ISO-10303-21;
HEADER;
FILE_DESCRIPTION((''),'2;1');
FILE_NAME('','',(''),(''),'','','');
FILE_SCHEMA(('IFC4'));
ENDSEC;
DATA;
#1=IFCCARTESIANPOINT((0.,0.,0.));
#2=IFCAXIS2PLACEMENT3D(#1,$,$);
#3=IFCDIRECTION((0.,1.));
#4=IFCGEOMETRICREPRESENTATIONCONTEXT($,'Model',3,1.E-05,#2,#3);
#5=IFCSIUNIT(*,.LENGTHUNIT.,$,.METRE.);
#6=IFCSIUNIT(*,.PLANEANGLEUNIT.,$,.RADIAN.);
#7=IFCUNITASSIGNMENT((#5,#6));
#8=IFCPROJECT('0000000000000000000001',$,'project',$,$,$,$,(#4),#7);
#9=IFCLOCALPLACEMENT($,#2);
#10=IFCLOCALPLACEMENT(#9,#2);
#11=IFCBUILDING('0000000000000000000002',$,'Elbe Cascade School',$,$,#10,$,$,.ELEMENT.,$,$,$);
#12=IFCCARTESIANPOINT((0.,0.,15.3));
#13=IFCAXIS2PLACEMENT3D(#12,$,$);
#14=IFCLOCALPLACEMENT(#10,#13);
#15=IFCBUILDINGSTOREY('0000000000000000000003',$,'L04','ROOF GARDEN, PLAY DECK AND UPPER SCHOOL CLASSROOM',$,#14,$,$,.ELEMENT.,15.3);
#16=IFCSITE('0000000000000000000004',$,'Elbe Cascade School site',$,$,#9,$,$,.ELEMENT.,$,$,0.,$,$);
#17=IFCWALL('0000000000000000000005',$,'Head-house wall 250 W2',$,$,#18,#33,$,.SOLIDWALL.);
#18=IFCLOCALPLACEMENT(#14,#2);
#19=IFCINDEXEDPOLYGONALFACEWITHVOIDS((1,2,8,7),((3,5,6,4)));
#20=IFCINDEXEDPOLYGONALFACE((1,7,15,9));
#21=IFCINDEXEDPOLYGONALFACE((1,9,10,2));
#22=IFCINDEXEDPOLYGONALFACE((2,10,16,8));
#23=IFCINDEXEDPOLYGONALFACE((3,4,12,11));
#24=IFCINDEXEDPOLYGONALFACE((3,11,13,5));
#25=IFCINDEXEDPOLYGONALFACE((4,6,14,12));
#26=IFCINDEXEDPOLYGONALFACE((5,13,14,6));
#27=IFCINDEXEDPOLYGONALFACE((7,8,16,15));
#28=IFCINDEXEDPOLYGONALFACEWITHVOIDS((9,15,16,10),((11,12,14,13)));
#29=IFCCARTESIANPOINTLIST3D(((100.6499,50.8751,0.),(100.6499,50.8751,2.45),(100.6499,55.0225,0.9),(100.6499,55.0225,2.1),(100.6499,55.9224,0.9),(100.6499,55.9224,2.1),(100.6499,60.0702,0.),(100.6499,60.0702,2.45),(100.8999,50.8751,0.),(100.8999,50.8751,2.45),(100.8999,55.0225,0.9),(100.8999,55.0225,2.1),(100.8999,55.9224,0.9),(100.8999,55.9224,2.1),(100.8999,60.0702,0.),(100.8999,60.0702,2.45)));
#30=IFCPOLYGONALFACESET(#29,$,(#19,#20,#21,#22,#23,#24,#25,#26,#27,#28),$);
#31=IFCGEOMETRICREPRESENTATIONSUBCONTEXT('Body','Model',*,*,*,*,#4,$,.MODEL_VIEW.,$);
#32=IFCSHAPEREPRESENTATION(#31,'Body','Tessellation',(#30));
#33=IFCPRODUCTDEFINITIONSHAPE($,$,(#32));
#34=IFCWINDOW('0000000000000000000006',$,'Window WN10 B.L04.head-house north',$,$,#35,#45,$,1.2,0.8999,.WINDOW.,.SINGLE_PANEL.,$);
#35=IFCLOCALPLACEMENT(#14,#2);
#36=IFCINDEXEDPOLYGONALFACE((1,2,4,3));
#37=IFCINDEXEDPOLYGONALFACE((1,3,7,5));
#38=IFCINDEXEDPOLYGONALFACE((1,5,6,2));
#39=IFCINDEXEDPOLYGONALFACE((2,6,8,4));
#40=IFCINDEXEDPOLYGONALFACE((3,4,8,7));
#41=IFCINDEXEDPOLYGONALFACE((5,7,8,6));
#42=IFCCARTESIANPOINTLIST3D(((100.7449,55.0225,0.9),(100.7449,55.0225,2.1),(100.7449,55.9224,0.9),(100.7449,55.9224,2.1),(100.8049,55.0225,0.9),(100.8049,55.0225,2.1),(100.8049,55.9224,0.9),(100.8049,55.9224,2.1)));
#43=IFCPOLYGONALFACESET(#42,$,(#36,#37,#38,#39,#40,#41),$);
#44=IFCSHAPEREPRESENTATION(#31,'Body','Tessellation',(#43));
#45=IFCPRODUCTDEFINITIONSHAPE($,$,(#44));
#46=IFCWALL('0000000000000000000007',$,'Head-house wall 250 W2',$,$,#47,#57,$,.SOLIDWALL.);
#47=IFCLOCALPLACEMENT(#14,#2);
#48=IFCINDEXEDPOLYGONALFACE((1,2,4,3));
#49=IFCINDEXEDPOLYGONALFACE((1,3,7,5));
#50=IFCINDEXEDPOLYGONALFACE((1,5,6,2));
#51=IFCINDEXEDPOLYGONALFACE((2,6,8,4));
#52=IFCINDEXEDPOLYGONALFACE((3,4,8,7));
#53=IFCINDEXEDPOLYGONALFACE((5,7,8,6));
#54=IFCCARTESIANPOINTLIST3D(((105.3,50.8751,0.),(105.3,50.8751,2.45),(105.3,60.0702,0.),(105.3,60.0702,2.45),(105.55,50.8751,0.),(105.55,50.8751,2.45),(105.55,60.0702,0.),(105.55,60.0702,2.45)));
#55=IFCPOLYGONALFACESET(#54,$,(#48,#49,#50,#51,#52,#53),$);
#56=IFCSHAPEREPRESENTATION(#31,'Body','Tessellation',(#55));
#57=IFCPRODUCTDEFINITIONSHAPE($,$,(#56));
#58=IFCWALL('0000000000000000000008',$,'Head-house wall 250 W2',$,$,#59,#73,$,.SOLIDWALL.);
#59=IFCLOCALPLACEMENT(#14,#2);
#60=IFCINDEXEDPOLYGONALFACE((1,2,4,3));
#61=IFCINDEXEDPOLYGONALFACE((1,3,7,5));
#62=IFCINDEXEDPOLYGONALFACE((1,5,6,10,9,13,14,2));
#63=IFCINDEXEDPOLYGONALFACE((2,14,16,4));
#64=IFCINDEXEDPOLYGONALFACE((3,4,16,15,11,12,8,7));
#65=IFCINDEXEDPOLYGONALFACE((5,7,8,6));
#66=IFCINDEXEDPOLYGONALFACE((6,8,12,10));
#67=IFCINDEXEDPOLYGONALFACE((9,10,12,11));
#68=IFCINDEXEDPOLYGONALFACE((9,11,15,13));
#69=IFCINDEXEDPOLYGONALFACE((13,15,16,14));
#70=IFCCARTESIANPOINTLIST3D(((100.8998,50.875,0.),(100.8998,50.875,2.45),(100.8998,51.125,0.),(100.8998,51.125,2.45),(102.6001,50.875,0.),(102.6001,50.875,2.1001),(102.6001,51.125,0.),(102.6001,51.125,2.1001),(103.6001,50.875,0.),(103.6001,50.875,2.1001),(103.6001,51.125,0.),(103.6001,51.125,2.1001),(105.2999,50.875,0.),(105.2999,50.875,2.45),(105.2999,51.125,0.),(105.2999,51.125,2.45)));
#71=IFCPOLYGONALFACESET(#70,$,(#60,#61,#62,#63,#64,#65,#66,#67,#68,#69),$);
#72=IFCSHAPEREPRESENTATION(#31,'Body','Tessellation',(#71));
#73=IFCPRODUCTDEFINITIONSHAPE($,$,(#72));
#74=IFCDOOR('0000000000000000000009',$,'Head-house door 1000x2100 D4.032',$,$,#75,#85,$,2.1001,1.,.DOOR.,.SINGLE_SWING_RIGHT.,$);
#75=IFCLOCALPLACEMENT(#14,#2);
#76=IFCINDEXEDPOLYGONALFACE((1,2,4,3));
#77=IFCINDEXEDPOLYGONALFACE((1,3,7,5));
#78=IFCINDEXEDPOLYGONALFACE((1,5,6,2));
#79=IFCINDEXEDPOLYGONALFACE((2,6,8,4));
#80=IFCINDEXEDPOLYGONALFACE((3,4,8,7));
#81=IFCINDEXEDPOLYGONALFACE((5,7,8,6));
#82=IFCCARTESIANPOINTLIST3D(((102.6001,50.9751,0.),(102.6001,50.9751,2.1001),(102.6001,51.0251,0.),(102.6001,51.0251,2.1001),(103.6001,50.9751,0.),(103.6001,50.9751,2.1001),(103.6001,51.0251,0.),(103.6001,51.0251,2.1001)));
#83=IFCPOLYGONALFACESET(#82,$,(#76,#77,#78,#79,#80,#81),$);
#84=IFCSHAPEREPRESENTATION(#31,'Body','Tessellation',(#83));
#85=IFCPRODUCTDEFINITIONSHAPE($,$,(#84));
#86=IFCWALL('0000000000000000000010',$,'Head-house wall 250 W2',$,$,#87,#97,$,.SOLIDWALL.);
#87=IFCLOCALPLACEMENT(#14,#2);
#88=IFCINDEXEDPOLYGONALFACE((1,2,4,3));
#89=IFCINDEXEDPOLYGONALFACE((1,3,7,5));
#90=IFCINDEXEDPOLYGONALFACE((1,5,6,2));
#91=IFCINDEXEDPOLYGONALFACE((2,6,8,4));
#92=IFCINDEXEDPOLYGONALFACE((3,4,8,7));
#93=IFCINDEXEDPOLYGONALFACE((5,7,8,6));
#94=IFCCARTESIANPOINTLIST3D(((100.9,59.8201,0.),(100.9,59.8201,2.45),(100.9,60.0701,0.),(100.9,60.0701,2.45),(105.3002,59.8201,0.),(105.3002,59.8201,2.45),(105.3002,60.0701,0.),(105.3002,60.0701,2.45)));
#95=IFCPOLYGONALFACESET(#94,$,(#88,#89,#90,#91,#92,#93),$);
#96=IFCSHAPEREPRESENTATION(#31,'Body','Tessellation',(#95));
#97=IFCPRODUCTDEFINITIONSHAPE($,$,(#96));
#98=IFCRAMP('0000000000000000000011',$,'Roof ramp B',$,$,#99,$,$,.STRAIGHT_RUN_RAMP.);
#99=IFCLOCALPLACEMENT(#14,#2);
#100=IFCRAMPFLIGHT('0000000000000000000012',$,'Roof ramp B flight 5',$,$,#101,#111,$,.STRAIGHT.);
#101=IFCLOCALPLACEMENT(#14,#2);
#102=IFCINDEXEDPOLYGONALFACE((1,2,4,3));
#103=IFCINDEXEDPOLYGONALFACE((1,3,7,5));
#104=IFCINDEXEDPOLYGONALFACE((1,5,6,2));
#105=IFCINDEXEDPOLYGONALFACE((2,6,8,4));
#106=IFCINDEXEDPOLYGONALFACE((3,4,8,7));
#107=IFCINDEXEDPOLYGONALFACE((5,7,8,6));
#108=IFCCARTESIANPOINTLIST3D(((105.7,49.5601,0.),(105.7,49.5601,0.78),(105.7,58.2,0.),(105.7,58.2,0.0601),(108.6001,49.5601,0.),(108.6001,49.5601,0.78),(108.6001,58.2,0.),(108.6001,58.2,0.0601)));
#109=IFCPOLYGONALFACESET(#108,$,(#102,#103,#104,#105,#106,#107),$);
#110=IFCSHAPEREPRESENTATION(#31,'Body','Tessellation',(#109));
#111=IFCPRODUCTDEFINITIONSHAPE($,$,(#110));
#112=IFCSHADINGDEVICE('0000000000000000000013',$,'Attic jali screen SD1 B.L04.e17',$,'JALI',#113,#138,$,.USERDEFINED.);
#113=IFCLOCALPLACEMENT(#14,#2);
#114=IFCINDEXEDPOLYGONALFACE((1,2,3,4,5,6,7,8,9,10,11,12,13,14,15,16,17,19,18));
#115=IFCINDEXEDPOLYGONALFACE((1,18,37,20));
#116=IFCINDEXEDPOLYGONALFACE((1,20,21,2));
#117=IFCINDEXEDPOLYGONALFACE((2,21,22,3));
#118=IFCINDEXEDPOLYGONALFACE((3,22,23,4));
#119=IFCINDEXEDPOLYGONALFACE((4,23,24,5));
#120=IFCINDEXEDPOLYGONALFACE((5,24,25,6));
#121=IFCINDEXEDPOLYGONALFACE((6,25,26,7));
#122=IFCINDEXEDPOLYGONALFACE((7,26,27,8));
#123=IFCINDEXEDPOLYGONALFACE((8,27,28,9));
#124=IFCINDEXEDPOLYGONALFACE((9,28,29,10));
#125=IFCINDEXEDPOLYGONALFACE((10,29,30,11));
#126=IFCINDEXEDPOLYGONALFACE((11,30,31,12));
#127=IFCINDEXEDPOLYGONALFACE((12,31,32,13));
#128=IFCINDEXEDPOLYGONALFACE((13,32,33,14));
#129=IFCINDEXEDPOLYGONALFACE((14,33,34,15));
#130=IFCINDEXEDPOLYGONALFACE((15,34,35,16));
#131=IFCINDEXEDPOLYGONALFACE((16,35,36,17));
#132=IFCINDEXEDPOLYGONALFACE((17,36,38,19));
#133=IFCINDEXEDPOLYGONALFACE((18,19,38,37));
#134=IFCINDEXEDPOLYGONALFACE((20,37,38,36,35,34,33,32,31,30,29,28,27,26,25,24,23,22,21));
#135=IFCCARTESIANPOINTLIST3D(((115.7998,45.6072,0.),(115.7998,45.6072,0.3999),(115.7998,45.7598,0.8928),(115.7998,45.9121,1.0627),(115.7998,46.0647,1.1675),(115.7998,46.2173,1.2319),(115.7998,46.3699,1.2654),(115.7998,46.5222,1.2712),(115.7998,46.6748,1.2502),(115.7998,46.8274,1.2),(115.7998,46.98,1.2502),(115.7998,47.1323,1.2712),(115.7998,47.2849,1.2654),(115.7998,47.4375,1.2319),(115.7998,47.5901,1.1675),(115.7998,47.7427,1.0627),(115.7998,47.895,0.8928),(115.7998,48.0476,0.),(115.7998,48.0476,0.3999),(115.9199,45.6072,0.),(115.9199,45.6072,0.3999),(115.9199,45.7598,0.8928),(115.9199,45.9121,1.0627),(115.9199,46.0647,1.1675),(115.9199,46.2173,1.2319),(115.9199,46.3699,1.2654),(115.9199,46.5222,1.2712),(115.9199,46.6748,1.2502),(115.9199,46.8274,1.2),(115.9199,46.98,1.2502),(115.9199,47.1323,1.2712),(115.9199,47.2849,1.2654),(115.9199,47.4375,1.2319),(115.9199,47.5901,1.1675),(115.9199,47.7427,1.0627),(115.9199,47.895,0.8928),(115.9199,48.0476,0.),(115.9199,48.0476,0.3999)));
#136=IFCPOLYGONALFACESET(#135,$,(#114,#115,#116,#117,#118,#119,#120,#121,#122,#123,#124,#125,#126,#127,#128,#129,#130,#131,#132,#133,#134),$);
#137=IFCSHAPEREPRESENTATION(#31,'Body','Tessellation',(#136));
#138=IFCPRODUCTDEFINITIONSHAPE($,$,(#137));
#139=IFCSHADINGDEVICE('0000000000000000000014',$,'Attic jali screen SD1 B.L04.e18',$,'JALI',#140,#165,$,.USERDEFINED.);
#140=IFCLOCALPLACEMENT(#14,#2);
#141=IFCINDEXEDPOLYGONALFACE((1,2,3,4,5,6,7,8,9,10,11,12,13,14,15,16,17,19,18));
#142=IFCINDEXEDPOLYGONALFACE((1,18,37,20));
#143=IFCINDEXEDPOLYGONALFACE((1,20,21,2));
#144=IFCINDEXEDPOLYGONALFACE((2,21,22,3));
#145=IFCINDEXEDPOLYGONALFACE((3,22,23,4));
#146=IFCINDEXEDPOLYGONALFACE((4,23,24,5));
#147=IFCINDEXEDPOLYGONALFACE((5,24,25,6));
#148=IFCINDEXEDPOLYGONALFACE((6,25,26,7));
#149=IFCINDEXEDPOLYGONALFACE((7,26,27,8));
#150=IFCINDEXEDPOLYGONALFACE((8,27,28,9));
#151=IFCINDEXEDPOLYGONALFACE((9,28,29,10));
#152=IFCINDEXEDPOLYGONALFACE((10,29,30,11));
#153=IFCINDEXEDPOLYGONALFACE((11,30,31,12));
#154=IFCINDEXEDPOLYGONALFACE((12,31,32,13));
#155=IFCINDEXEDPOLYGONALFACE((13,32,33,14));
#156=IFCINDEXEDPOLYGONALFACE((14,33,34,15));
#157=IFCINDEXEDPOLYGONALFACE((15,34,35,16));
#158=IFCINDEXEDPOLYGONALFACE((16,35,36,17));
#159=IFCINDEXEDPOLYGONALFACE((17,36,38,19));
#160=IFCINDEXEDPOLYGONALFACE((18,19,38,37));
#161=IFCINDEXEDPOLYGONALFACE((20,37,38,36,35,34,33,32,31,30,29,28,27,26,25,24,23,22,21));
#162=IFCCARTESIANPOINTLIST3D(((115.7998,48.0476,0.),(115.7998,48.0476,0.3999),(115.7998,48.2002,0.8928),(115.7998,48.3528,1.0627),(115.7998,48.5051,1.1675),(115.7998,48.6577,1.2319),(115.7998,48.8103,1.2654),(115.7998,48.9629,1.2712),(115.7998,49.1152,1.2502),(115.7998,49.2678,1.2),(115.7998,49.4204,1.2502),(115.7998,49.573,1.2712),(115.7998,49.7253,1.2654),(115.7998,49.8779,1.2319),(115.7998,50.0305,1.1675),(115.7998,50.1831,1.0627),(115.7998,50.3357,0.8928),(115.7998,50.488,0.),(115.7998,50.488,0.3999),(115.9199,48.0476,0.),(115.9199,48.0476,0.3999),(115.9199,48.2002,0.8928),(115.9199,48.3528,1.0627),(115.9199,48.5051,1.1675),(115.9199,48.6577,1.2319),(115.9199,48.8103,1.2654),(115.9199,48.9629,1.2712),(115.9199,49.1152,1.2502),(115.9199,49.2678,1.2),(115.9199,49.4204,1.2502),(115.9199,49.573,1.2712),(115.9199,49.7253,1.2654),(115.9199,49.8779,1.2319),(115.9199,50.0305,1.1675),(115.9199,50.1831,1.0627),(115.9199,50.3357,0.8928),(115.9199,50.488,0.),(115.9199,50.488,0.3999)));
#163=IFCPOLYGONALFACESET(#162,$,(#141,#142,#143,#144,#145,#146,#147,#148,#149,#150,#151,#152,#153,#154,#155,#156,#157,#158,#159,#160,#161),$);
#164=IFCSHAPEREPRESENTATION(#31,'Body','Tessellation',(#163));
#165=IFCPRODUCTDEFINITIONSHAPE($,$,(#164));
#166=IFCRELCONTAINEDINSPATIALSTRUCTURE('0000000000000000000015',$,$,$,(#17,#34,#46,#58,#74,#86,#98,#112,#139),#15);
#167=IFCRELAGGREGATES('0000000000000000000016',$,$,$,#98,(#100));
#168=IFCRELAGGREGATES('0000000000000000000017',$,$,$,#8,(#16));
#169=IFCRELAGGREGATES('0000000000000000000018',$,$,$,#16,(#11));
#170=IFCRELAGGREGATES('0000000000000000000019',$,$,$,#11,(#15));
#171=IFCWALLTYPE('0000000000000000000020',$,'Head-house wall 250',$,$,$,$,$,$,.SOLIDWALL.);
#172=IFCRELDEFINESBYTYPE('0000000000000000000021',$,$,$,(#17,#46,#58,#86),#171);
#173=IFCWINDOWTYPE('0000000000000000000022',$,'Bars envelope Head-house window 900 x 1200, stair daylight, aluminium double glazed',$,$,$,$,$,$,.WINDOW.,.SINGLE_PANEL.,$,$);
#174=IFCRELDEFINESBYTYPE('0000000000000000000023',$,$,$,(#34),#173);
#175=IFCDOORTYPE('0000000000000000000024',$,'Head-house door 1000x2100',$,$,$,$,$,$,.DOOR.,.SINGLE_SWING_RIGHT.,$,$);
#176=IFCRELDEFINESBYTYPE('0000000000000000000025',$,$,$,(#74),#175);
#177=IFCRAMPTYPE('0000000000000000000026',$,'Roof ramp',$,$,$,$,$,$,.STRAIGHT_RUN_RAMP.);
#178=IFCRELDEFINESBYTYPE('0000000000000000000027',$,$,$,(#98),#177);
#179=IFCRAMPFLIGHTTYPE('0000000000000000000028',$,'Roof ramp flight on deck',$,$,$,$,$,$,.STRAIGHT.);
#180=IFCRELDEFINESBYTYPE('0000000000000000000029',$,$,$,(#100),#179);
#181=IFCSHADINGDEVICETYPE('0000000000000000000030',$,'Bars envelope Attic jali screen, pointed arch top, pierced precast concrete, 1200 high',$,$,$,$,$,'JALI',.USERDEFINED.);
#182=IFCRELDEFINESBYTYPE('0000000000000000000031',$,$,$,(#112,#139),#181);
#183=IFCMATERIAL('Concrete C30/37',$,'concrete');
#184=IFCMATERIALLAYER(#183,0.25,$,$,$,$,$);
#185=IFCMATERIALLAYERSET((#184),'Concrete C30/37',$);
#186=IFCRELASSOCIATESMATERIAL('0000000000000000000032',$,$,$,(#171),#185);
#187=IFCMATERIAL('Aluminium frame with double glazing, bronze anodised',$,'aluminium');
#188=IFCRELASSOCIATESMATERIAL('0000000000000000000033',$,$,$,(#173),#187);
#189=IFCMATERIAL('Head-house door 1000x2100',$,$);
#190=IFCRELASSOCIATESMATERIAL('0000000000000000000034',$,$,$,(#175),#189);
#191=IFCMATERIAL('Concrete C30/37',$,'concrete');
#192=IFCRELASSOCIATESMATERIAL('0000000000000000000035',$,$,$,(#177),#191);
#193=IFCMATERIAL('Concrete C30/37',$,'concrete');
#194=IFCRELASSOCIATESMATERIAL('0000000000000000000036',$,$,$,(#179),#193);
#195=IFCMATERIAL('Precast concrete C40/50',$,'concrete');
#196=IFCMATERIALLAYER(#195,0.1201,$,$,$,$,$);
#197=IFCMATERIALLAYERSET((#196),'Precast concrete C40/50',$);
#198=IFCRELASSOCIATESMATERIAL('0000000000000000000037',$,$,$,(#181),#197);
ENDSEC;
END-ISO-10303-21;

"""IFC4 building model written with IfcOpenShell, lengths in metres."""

from ifc_helpers import new_model, si_unit, direction, frame, frame_2d, origin, place, context, subcontext, project, spatial, polyline, rectangle, outline, extrude, material, layer, layer_set, type_object, element, fill, aggregate, save


model = new_model("IFC4")

# Units and contexts
model_context = context("Model", 3, precision=1e-05, world=origin(), true_north=direction((0.0, 1.0)))
body_context = subcontext(model_context, "Body", "Model", "MODEL_VIEW")
ifc_project = project(units=[si_unit("LENGTHUNIT", "METRE"), si_unit("PLANEANGLEUNIT", "RADIAN")], contexts=[model_context])

# Site, building, storey
site_placement = place(None, origin())
site = spatial("IfcSite", under=ifc_project, at=site_placement, Name="Elbe Cascade School site", CompositionType="ELEMENT", RefElevation=0.0)
building_placement = place(site_placement, origin())
building = spatial("IfcBuilding", under=site, at=building_placement, Name="Elbe Cascade School", CompositionType="ELEMENT")
storey_placement = place(building_placement, frame((0.0, 0.0, 15.3)))
storey = spatial("IfcBuildingStorey", under=building, at=storey_placement, Name="L04", Description="ROOF GARDEN, PLAY DECK AND UPPER SCHOOL CLASSROOM", CompositionType="ELEMENT", Elevation=15.3)

# Wall, opening, window
ifc_material_1 = material(Name="Concrete C30/37", Category="concrete")
ifc_layer_1 = layer(ifc_material_1, 0.25)
ifc_layer_set_1 = layer_set([ifc_layer_1], Name="Concrete C30/37")
wall_type = type_object("IfcWallType", Name="Head-house wall 250", PredefinedType="SOLIDWALL", material=ifc_layer_set_1)
wall_1_placement = place(storey_placement, frame((100.7749, 50.875, 0.0), z_axis=(0.0, 0.0, 1.0), x_axis=(0.0, 1.0, 0.0)))
wall_1 = element("IfcWall", 1, at=wall_1_placement, inside=storey, type_object=wall_type, Name="Head-house wall 250 W2", PredefinedType="SOLIDWALL", context=body_context, shape_type="SweptSolid", body=[
    extrude(rectangle(XDim=9.1951, YDim=0.25, at=frame_2d((4.5977, 0.0))), origin(), (0.0, 0.0, 1.0), 2.45),
])
opening_1_placement = place(wall_1_placement, frame((4.1475, 0.0, 0.8999)))
opening_1 = element("IfcOpeningElement", 2, at=opening_1_placement, cuts=wall_1, PredefinedType="OPENING", context=body_context, shape_type="SweptSolid", body=[
    extrude(rectangle(XDim=0.8999, YDim=1.2, at=frame_2d((0.45, 0.6001))), frame((0.0, 0.135, 0.0), z_axis=(0.0, -1.0, 0.0), x_axis=(1.0, 0.0, 0.0)), (0.0, 0.0, 1.0), 0.27),
])
ifc_material_2 = material(Name="Aluminium frame with double glazing, bronze anodised", Category="aluminium")
window_type = type_object("IfcWindowType", Name="Bars envelope Head-house window 900 x 1200, stair daylight, aluminium double glazed", PartitioningType="SINGLE_PANEL", PredefinedType="WINDOW", material=ifc_material_2)
window_placement = place(opening_1_placement, origin())
window = element("IfcWindow", 3, at=window_placement, inside=storey, type_object=window_type, Name="Window WN10 B.L04.head-house north", OverallHeight=1.2, OverallWidth=0.8999, PartitioningType="SINGLE_PANEL", PredefinedType="WINDOW", context=body_context, shape_type="SweptSolid", body=[
    extrude(rectangle(XDim=0.8999, YDim=1.2, at=frame_2d((0.45, 0.6001))), frame((0.0, 0.03, 0.0), z_axis=(0.0, -1.0, 0.0), x_axis=(1.0, 0.0, 0.0)), (0.0, 0.0, 1.0), 0.0601),
])
fill(opening_1, window)

# Wall
wall_2_placement = place(storey_placement, frame((105.425, 50.875, 0.0), z_axis=(0.0, 0.0, 1.0), x_axis=(0.0, 1.0, 0.0)))
element("IfcWall", 4, at=wall_2_placement, inside=storey, type_object=wall_type, Name="Head-house wall 250 W2", PredefinedType="SOLIDWALL", context=body_context, shape_type="SweptSolid", body=[
    extrude(rectangle(XDim=9.1951, YDim=0.25, at=frame_2d((4.5977, 0.0))), origin(), (0.0, 0.0, 1.0), 2.45),
])

# Wall, opening, door
wall_3_placement = place(storey_placement, frame((105.3, 51.0, 0.0), z_axis=(0.0, 0.0, 1.0), x_axis=(-1.0, 0.0, 0.0)))
wall_3 = element("IfcWall", 5, at=wall_3_placement, inside=storey, type_object=wall_type, Name="Head-house wall 250 W2", PredefinedType="SOLIDWALL", context=body_context, shape_type="SweptSolid", body=[
    extrude(rectangle(XDim=4.4001, YDim=0.25, at=frame_2d((2.2002, 0.0))), origin(), (0.0, 0.0, 1.0), 2.45),
])
opening_2_placement = place(wall_3_placement, frame((1.7, 0.0, 0.0)))
opening_2 = element("IfcOpeningElement", 6, at=opening_2_placement, cuts=wall_3, PredefinedType="OPENING", context=body_context, shape_type="SweptSolid", body=[
    extrude(rectangle(XDim=1.0, YDim=2.1001, at=frame_2d((0.5, 1.05))), frame((0.0, 0.135, 0.0), z_axis=(0.0, -1.0, 0.0), x_axis=(1.0, 0.0, 0.0)), (0.0, 0.0, 1.0), 0.27),
])
ifc_material_3 = material(Name="Head-house door 1000x2100")
door_type = type_object("IfcDoorType", Name="Head-house door 1000x2100", OperationType="SINGLE_SWING_RIGHT", PredefinedType="DOOR", material=ifc_material_3)
door_placement = place(opening_2_placement, origin())
door = element("IfcDoor", 7, at=door_placement, inside=storey, type_object=door_type, Name="Head-house door 1000x2100 D4.032", OperationType="SINGLE_SWING_RIGHT", OverallHeight=2.1001, OverallWidth=1.0, PredefinedType="DOOR", context=body_context, shape_type="SweptSolid", body=[
    extrude(rectangle(XDim=1.0, YDim=2.1001, at=frame_2d((0.5, 1.05))), frame((0.0, 0.0249, 0.0), z_axis=(0.0, -1.0, 0.0), x_axis=(1.0, 0.0, 0.0)), (0.0, 0.0, 1.0), 0.05),
])
fill(opening_2, door)

# Wall
wall_4_placement = place(storey_placement, frame((100.8999, 59.9451, 0.0), z_axis=(0.0, 0.0, 1.0), x_axis=(1.0, 0.0, 0.0)))
element("IfcWall", 8, at=wall_4_placement, inside=storey, type_object=wall_type, Name="Head-house wall 250 W2", PredefinedType="SOLIDWALL", context=body_context, shape_type="SweptSolid", body=[
    extrude(rectangle(XDim=4.4001, YDim=0.25, at=frame_2d((2.2002, 0.0))), origin(), (0.0, 0.0, 1.0), 2.45),
])

# Ramp, ramp flight
ifc_material_4 = material(Name="Concrete C30/37", Category="concrete")
ramp_type = type_object("IfcRampType", Name="Roof ramp", PredefinedType="STRAIGHT_RUN_RAMP", material=ifc_material_4)
ramp_placement = place(storey_placement, origin())
ramp = element("IfcRamp", 9, at=ramp_placement, inside=storey, type_object=ramp_type, Name="Roof ramp B", PredefinedType="STRAIGHT_RUN_RAMP")
ifc_material_5 = material(Name="Concrete C30/37", Category="concrete")
ramp_flight_type = type_object("IfcRampFlightType", Name="Roof ramp flight on deck", PredefinedType="STRAIGHT", material=ifc_material_5)
ramp_flight_placement = place(storey_placement, frame((105.7, 49.5601, 0.0), z_axis=(1.0, 0.0, 0.0), x_axis=(0.0, 1.0, 0.0)))
ramp_flight = element("IfcRampFlight", 10, at=ramp_flight_placement, type_object=ramp_flight_type, Name="Roof ramp B flight 5", PredefinedType="STRAIGHT", context=body_context, shape_type="SweptSolid", body=[
    extrude(outline(polyline([(0.0, 0.0), (8.6399, 0.0), (8.6399, 0.0601), (0.0, 0.78), (0.0, 0.0)])), origin(), (0.0, 0.0, 1.0), 2.9001),
])
aggregate(ramp, [ramp_flight])

# Shading devices
ifc_material_6 = material(Name="Precast concrete C40/50", Category="concrete")
ifc_layer_2 = layer(ifc_material_6, 0.1201)
ifc_layer_set_2 = layer_set([ifc_layer_2], Name="Precast concrete C40/50")
shading_device_type = type_object("IfcShadingDeviceType", Name="Bars envelope Attic jali screen, pointed arch top, pierced precast concrete, 1200 high", ElementType="JALI", PredefinedType="USERDEFINED", material=ifc_layer_set_2)
shading_device_1_placement = place(storey_placement, frame((115.9199, 45.6072, 0.0), z_axis=(1.0, 0.0, 0.0), x_axis=(0.0, 1.0, 0.0)))
element("IfcShadingDevice", 11, at=shading_device_1_placement, inside=storey, type_object=shading_device_type, Name="Attic jali screen SD1 B.L04.e17", ObjectType="JALI", PredefinedType="USERDEFINED", context=body_context, shape_type="SweptSolid", body=[
    extrude(outline(polyline([(0.0, 0.0), (2.4404, 0.0), (2.4404, 0.3999), (2.2878, 0.8928), (2.1355, 1.0627), (1.9829, 1.1675), (1.8303, 1.2319), (1.6777, 1.2654), (1.5251, 1.2712), (1.3728, 1.2502), (1.2202, 1.2), (1.0676, 1.2502), (0.915, 1.2712), (0.7627, 1.2654), (0.6101, 1.2319), (0.4575, 1.1675), (0.3049, 1.0627), (0.1526, 0.8928), (0.0, 0.3999), (0.0, 0.0)])), origin(), (0.0, 0.0, -1.0), 0.1201),
])
shading_device_2_placement = place(storey_placement, frame((115.9199, 48.0476, 0.0), z_axis=(1.0, 0.0, 0.0), x_axis=(0.0, 1.0, 0.0)))
element("IfcShadingDevice", 12, at=shading_device_2_placement, inside=storey, type_object=shading_device_type, Name="Attic jali screen SD1 B.L04.e18", ObjectType="JALI", PredefinedType="USERDEFINED", context=body_context, shape_type="SweptSolid", body=[
    extrude(outline(polyline([(0.0, 0.0), (2.4404, 0.0), (2.4404, 0.3999), (2.2881, 0.8928), (2.1355, 1.0627), (1.9829, 1.1675), (1.8303, 1.2319), (1.6777, 1.2654), (1.5254, 1.2712), (1.3728, 1.2502), (1.2202, 1.2), (1.0676, 1.2502), (0.9153, 1.2712), (0.7627, 1.2654), (0.6101, 1.2319), (0.4575, 1.1675), (0.3052, 1.0627), (0.1526, 0.8928), (0.0, 0.3999), (0.0, 0.0)])), origin(), (0.0, 0.0, -1.0), 0.1201),
])

save(model, "model.ifc")
